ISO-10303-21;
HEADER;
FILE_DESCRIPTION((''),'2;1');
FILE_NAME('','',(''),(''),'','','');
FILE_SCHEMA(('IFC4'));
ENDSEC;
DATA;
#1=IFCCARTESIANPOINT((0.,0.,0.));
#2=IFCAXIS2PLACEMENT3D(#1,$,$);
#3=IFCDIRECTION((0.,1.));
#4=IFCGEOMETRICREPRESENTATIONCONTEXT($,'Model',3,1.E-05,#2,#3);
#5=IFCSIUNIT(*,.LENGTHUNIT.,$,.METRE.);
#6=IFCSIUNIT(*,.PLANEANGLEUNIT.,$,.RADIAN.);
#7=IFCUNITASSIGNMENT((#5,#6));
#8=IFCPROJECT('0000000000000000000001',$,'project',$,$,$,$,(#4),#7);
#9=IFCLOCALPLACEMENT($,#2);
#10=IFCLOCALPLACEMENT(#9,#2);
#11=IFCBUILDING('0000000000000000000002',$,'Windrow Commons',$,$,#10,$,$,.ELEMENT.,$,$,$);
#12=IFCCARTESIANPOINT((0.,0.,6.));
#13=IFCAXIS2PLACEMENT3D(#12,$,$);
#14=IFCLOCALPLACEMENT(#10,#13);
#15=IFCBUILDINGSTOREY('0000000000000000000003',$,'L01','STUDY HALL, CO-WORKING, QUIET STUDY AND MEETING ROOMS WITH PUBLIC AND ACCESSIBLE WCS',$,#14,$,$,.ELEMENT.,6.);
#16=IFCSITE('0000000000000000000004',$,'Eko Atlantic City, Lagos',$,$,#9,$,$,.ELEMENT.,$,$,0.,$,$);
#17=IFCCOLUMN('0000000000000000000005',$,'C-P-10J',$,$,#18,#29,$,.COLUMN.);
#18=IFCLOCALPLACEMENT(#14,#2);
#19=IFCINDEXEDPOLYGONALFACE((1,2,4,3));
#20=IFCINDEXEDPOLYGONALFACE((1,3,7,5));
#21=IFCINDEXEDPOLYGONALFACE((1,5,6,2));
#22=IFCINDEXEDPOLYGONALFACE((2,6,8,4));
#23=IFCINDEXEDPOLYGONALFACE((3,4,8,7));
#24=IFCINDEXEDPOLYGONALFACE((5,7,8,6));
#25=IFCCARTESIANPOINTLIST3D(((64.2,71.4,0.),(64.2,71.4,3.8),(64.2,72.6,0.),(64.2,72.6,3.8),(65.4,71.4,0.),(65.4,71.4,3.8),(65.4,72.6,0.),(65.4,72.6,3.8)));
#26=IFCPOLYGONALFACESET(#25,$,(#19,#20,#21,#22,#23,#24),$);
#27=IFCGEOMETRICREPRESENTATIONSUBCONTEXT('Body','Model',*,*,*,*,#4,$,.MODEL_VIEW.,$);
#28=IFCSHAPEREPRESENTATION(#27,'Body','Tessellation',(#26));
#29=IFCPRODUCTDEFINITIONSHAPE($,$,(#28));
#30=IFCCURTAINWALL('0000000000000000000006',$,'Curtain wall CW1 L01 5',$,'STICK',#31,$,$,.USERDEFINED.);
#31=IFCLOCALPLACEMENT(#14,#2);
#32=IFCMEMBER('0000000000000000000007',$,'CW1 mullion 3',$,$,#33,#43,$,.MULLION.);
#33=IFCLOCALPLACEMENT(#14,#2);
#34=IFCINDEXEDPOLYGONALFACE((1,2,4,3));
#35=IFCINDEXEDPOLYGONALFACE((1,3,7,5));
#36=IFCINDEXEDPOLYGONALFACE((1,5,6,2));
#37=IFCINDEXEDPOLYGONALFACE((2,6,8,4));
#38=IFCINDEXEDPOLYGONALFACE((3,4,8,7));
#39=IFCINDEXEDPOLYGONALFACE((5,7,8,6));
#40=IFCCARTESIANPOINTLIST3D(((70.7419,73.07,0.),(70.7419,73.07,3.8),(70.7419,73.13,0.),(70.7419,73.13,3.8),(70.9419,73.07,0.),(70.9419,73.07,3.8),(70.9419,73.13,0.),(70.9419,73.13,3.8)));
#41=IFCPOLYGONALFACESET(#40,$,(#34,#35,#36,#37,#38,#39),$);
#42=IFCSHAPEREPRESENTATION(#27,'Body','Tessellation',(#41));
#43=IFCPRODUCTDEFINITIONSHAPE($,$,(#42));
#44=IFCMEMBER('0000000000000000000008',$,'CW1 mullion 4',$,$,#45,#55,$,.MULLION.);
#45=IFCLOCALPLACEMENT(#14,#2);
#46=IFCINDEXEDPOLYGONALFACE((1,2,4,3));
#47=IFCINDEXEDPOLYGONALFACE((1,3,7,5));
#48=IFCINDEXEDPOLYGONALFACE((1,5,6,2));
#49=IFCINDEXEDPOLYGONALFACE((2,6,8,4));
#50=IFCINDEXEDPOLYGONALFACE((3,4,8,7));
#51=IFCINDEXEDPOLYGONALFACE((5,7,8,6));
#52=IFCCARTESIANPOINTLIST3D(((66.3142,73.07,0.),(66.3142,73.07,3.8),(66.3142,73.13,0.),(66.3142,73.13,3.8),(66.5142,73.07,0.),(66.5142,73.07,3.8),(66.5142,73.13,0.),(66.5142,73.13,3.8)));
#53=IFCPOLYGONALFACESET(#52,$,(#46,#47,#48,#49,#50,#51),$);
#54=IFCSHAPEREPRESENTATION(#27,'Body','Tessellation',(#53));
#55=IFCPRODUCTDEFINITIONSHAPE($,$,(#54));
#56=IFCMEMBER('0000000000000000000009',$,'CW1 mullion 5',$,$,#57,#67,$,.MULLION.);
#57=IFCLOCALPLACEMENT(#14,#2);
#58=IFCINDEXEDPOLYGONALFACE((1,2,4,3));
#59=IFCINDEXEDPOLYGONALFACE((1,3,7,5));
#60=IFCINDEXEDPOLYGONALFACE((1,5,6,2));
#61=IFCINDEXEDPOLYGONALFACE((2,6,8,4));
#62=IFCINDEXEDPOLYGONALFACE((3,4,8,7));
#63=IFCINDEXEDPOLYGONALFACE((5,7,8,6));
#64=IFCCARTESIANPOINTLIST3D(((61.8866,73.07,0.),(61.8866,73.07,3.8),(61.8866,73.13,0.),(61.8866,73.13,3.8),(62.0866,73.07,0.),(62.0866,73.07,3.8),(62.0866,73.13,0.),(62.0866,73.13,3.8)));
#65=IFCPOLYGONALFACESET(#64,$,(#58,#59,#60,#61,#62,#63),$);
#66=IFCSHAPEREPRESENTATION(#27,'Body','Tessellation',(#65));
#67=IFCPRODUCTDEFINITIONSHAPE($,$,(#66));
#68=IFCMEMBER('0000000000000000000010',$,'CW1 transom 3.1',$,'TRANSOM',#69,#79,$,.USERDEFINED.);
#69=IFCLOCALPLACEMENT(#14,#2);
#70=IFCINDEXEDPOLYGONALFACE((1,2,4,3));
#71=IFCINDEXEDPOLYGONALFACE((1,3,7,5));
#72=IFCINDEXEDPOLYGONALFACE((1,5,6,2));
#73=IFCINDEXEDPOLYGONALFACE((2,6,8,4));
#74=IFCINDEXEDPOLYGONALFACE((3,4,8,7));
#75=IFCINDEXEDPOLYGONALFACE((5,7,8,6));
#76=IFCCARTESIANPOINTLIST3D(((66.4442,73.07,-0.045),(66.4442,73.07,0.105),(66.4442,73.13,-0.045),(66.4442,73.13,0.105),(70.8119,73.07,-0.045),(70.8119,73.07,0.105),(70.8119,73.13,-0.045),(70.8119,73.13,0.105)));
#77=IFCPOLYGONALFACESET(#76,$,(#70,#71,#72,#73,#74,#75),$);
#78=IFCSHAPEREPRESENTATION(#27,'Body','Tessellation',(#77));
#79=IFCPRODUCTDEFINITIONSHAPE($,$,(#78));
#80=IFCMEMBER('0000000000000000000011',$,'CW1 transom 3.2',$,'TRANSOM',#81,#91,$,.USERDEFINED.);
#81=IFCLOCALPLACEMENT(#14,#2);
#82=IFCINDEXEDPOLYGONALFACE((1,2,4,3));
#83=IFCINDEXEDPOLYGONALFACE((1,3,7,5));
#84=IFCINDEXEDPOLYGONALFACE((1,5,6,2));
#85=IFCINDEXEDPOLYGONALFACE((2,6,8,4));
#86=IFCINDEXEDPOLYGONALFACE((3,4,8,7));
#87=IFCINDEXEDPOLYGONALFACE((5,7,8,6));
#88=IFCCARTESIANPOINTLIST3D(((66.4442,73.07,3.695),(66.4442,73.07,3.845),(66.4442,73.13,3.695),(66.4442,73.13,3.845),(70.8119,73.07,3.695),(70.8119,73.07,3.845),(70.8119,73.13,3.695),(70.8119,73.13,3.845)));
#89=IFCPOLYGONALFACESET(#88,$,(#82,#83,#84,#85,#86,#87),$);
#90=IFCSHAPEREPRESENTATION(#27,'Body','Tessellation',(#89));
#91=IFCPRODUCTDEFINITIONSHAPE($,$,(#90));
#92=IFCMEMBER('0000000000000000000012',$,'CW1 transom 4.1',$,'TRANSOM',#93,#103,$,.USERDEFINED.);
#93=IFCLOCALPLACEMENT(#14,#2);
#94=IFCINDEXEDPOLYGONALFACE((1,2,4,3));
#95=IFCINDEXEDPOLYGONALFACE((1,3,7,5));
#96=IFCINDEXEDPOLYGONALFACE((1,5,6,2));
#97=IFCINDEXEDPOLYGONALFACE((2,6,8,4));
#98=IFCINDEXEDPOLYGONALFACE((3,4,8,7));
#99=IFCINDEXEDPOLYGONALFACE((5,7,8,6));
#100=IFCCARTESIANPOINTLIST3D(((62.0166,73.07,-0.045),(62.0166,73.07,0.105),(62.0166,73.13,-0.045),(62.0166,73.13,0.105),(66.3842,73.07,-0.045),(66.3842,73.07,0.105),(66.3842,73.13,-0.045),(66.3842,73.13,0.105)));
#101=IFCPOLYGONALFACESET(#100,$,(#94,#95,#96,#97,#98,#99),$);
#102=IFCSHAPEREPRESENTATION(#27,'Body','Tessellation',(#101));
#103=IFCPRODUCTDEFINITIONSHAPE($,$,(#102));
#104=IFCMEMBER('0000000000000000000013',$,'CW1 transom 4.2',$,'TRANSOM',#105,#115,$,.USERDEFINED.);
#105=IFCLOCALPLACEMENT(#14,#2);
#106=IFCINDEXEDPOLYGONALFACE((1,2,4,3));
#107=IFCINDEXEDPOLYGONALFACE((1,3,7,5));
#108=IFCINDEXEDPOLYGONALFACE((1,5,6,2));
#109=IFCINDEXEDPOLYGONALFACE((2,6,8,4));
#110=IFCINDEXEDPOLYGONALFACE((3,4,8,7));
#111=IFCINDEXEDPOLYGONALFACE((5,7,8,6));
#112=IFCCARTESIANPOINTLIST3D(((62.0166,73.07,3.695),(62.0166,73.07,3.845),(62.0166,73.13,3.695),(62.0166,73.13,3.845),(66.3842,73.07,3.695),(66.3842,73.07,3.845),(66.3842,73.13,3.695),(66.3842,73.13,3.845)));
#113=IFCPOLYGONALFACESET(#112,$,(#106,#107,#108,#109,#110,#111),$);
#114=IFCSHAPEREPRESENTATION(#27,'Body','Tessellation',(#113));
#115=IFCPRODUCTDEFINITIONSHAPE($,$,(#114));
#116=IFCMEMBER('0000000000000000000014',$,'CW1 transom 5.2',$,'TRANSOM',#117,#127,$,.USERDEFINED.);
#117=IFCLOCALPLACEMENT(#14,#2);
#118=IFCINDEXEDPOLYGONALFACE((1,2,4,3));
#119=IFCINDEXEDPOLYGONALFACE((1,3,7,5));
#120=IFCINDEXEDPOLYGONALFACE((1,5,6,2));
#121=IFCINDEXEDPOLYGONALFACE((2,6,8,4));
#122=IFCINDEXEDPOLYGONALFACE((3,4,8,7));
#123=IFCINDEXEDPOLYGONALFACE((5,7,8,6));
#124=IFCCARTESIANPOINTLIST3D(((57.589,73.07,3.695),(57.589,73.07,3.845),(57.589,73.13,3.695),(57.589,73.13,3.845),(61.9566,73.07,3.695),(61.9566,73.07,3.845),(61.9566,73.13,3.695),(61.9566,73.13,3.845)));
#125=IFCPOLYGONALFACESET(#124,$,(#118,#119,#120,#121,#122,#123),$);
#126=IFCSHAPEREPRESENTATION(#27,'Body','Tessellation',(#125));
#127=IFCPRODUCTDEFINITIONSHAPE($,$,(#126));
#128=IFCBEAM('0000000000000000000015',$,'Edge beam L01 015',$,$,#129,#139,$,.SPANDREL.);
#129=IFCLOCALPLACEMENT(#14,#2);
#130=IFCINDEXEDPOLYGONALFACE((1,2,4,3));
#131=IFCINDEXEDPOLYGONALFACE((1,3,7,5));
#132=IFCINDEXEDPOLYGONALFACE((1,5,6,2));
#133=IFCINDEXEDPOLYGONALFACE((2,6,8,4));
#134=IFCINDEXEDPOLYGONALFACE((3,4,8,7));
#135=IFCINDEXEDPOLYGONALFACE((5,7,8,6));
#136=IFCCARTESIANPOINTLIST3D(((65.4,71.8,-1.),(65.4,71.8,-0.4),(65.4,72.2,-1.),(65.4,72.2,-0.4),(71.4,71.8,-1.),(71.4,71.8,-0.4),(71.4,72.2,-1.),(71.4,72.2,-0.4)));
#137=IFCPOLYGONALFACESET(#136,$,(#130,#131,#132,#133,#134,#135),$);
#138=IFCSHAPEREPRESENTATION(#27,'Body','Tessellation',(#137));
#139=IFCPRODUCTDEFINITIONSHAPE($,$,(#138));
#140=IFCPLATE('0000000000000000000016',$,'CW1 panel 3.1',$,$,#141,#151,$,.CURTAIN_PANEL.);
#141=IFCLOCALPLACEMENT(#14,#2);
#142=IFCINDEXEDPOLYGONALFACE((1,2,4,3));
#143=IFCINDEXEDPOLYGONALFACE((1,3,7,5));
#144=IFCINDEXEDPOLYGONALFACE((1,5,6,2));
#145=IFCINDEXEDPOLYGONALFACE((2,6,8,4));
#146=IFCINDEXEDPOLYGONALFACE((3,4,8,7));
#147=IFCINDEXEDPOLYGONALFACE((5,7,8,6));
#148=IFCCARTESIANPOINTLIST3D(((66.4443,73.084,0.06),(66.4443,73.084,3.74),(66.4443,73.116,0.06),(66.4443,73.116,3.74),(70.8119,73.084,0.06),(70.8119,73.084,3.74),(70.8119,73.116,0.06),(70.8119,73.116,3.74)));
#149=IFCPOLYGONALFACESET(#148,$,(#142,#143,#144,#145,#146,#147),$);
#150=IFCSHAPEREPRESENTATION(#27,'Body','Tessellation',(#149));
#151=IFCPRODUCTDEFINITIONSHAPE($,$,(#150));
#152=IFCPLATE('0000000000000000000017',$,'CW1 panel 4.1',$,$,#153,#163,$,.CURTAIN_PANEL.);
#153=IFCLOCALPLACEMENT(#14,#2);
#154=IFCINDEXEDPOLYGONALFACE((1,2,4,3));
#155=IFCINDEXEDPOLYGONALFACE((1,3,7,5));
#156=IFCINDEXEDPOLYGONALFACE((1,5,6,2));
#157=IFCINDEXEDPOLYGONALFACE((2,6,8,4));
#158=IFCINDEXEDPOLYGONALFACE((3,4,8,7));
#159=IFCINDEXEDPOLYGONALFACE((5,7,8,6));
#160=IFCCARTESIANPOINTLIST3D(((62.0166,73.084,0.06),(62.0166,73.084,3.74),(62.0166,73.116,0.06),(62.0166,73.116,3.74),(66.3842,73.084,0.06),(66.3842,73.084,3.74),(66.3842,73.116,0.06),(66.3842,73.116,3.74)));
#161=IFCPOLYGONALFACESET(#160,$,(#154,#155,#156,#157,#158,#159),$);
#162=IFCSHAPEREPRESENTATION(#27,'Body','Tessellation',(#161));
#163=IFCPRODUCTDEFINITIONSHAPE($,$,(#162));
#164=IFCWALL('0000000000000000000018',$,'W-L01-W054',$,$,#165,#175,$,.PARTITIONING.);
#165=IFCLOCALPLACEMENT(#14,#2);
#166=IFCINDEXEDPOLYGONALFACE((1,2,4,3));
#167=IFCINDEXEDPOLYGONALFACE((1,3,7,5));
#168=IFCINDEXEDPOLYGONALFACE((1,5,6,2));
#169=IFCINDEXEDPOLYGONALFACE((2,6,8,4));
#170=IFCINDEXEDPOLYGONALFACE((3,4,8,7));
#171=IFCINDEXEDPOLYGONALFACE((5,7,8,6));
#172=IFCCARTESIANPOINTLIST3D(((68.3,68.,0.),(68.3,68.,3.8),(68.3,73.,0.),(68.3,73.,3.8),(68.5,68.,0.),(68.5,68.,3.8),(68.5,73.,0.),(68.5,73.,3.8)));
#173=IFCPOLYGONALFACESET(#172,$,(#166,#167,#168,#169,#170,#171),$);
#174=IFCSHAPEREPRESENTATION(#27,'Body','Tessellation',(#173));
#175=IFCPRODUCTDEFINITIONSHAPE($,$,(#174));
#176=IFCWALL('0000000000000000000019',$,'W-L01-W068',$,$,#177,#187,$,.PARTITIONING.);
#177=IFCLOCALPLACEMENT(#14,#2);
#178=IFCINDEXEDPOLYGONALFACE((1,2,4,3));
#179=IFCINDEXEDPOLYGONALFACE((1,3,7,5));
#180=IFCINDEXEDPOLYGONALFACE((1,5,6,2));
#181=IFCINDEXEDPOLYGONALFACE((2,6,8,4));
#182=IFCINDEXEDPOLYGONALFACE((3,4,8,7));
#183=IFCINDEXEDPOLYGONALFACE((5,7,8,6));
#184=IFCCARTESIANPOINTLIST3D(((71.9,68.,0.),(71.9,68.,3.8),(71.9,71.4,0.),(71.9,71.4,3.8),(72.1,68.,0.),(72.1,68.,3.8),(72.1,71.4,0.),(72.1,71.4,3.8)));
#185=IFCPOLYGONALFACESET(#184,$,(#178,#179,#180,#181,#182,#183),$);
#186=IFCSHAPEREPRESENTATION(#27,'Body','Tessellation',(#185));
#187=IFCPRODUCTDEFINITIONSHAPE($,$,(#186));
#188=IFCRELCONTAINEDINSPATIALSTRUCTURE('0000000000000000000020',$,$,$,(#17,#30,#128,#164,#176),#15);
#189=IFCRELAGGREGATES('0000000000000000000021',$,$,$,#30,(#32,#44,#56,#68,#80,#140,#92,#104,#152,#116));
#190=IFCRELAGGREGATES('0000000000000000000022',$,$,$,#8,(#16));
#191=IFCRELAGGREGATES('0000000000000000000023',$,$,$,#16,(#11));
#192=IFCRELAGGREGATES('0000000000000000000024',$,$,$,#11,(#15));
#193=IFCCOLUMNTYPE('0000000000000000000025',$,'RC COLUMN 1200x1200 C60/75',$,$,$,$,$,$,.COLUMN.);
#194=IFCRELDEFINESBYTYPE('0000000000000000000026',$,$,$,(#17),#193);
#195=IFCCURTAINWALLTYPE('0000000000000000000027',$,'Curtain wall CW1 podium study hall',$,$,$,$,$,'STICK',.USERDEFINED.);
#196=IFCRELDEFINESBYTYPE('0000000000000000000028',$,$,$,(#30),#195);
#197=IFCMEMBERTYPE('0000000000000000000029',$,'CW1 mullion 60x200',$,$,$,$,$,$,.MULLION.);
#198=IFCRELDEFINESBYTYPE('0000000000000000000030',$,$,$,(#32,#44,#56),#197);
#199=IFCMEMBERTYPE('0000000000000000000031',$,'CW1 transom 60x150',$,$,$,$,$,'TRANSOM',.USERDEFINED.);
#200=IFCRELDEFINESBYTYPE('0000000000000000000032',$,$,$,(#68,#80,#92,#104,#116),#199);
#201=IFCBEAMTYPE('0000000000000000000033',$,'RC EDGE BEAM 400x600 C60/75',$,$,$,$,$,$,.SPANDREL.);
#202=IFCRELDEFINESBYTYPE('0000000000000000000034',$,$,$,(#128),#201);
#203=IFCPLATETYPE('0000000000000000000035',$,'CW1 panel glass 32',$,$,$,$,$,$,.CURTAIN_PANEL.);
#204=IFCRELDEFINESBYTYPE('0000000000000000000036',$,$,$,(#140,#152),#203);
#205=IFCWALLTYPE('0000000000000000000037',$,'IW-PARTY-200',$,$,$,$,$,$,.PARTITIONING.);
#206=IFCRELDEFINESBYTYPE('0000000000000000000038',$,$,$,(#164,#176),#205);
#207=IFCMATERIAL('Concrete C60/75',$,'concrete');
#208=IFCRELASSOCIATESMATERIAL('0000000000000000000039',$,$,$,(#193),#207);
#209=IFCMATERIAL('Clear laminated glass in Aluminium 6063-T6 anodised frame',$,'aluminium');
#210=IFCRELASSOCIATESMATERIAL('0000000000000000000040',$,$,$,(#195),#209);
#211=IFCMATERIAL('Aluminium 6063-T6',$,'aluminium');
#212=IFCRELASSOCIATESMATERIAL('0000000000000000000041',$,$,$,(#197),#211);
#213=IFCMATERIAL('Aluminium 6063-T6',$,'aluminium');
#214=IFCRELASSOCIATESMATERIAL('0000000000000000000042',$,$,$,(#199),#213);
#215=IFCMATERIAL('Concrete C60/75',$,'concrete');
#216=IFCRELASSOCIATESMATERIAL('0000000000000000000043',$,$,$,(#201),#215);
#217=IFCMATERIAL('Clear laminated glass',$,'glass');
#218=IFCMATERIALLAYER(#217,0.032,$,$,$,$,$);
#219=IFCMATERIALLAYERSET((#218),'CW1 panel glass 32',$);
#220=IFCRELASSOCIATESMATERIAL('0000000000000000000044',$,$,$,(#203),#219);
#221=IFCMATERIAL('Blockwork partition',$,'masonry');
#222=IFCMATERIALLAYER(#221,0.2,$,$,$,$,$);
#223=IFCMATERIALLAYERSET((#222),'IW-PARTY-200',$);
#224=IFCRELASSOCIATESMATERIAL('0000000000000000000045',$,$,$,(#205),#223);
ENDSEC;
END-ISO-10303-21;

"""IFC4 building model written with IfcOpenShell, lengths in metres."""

from ifc_helpers import new_model, si_unit, direction, frame, frame_2d, origin, origin_2d, place, context, subcontext, project, spatial, rectangle, extrude, material, layer, layer_set, material_profile, profile_set, type_object, element, aggregate, save


model = new_model("IFC4")

# Units and contexts
model_context = context("Model", 3, precision=1e-05, world=origin(), true_north=direction((0.0, 1.0)))
body_context = subcontext(model_context, "Body", "Model", "MODEL_VIEW")
ifc_project = project(units=[si_unit("LENGTHUNIT", "METRE"), si_unit("PLANEANGLEUNIT", "RADIAN")], contexts=[model_context])

# Site, building, storey
site_placement = place(None, origin())
site = spatial("IfcSite", under=ifc_project, at=site_placement, Name="Eko Atlantic City, Lagos", CompositionType="ELEMENT", RefElevation=0.0)
building_placement = place(site_placement, origin())
building = spatial("IfcBuilding", under=site, at=building_placement, Name="Windrow Commons", CompositionType="ELEMENT")
storey_placement = place(building_placement, frame((0.0, 0.0, 6.0)))
storey = spatial("IfcBuildingStorey", under=building, at=storey_placement, Name="L01", Description="STUDY HALL, CO-WORKING, QUIET STUDY AND MEETING ROOMS WITH PUBLIC AND ACCESSIBLE WCS", CompositionType="ELEMENT", Elevation=6.0)

# Column
ifc_material_1 = material(Name="Concrete C60/75", Category="concrete")
ifc_material_profile_1 = material_profile(ifc_material_1, rectangle(XDim=1.2, YDim=1.2, at=origin_2d()))
ifc_profile_set_1 = profile_set([ifc_material_profile_1], Name="Concrete C60/75")
column_type = type_object("IfcColumnType", Name="RC COLUMN 1200x1200 C60/75", PredefinedType="COLUMN", material=ifc_profile_set_1)
column_placement = place(storey_placement, frame((64.8, 72.0, 0.0), z_axis=(0.0, 0.0, 1.0), x_axis=(1.0, 0.0, 0.0)))
element("IfcColumn", 1, at=column_placement, inside=storey, type_object=column_type, Name="C-P-10J", PredefinedType="COLUMN", context=body_context, shape_type="SweptSolid", body=[
    extrude(rectangle(XDim=1.2, YDim=1.2, at=origin_2d()), origin(), (0.0, 0.0, 1.0), 3.8),
])

# Curtain wall, members
ifc_material_2 = material(Name="Clear laminated glass in Aluminium 6063-T6 anodised frame", Category="aluminium")
curtain_wall_type = type_object("IfcCurtainWallType", Name="Curtain wall CW1 podium study hall", ElementType="STICK", PredefinedType="USERDEFINED", material=ifc_material_2)
placement = place(storey_placement, origin())
curtain_wall = element("IfcCurtainWall", 2, at=placement, inside=storey, type_object=curtain_wall_type, Name="Curtain wall CW1 L01 5", ObjectType="STICK", PredefinedType="USERDEFINED")
ifc_material_3 = material(Name="Aluminium 6063-T6", Category="aluminium")
ifc_material_profile_2 = material_profile(ifc_material_3, rectangle(XDim=0.06, YDim=0.2, at=origin_2d()))
ifc_profile_set_2 = profile_set([ifc_material_profile_2], Name="Aluminium 6063-T6")
member_type_1 = type_object("IfcMemberType", Name="CW1 mullion 60x200", PredefinedType="MULLION", material=ifc_profile_set_2)
member_1_placement = place(storey_placement, frame((70.8419, 73.1, 0.0), z_axis=(0.0, 0.0, 1.0), x_axis=(0.0, -1.0, 0.0)))
member_1 = element("IfcMember", 3, at=member_1_placement, type_object=member_type_1, Name="CW1 mullion 3", PredefinedType="MULLION", context=body_context, shape_type="SweptSolid", body=[
    extrude(rectangle(XDim=0.06, YDim=0.2, at=origin_2d()), origin(), (0.0, 0.0, 1.0), 3.8),
])
member_2_placement = place(storey_placement, frame((66.4142, 73.1, 0.0), z_axis=(0.0, 0.0, 1.0), x_axis=(0.0, -1.0, 0.0)))
member_2 = element("IfcMember", 4, at=member_2_placement, type_object=member_type_1, Name="CW1 mullion 4", PredefinedType="MULLION", context=body_context, shape_type="SweptSolid", body=[
    extrude(rectangle(XDim=0.06, YDim=0.2, at=origin_2d()), origin(), (0.0, 0.0, 1.0), 3.8),
])
member_3_placement = place(storey_placement, frame((61.9866, 73.1, 0.0), z_axis=(0.0, 0.0, 1.0), x_axis=(0.0, -1.0, 0.0)))
member_3 = element("IfcMember", 5, at=member_3_placement, type_object=member_type_1, Name="CW1 mullion 5", PredefinedType="MULLION", context=body_context, shape_type="SweptSolid", body=[
    extrude(rectangle(XDim=0.06, YDim=0.2, at=origin_2d()), origin(), (0.0, 0.0, 1.0), 3.8),
])
ifc_material_4 = material(Name="Aluminium 6063-T6", Category="aluminium")
ifc_material_profile_3 = material_profile(ifc_material_4, rectangle(XDim=0.06, YDim=0.15, at=origin_2d()))
ifc_profile_set_3 = profile_set([ifc_material_profile_3], Name="Aluminium 6063-T6")
member_type_2 = type_object("IfcMemberType", Name="CW1 transom 60x150", ElementType="TRANSOM", PredefinedType="USERDEFINED", material=ifc_profile_set_3)
member_4_placement = place(storey_placement, frame((70.8119, 73.1, 0.03), z_axis=(-1.0, 0.0, 0.0), x_axis=(0.0, -1.0, 0.0)))
member_4 = element("IfcMember", 6, at=member_4_placement, type_object=member_type_2, Name="CW1 transom 3.1", ObjectType="TRANSOM", PredefinedType="USERDEFINED", context=body_context, shape_type="SweptSolid", body=[
    extrude(rectangle(XDim=0.06, YDim=0.15, at=origin_2d()), origin(), (0.0, 0.0, 1.0), 4.3677),
])
member_5_placement = place(storey_placement, frame((70.8119, 73.1, 3.77), z_axis=(-1.0, 0.0, 0.0), x_axis=(0.0, -1.0, 0.0)))
member_5 = element("IfcMember", 7, at=member_5_placement, type_object=member_type_2, Name="CW1 transom 3.2", ObjectType="TRANSOM", PredefinedType="USERDEFINED", context=body_context, shape_type="SweptSolid", body=[
    extrude(rectangle(XDim=0.06, YDim=0.15, at=origin_2d()), origin(), (0.0, 0.0, 1.0), 4.3677),
])
member_6_placement = place(storey_placement, frame((66.3842, 73.1, 0.03), z_axis=(-1.0, 0.0, 0.0), x_axis=(0.0, -1.0, 0.0)))
member_6 = element("IfcMember", 8, at=member_6_placement, type_object=member_type_2, Name="CW1 transom 4.1", ObjectType="TRANSOM", PredefinedType="USERDEFINED", context=body_context, shape_type="SweptSolid", body=[
    extrude(rectangle(XDim=0.06, YDim=0.15, at=origin_2d()), origin(), (0.0, 0.0, 1.0), 4.3676),
])
member_7_placement = place(storey_placement, frame((66.3842, 73.1, 3.77), z_axis=(-1.0, 0.0, 0.0), x_axis=(0.0, -1.0, 0.0)))
member_7 = element("IfcMember", 9, at=member_7_placement, type_object=member_type_2, Name="CW1 transom 4.2", ObjectType="TRANSOM", PredefinedType="USERDEFINED", context=body_context, shape_type="SweptSolid", body=[
    extrude(rectangle(XDim=0.06, YDim=0.15, at=origin_2d()), origin(), (0.0, 0.0, 1.0), 4.3676),
])
member_8_placement = place(storey_placement, frame((61.9566, 73.1, 3.77), z_axis=(-1.0, 0.0, 0.0), x_axis=(0.0, -1.0, 0.0)))
member_8 = element("IfcMember", 10, at=member_8_placement, type_object=member_type_2, Name="CW1 transom 5.2", ObjectType="TRANSOM", PredefinedType="USERDEFINED", context=body_context, shape_type="SweptSolid", body=[
    extrude(rectangle(XDim=0.06, YDim=0.15, at=origin_2d()), origin(), (0.0, 0.0, 1.0), 4.3676),
])

# Beam
ifc_material_5 = material(Name="Concrete C60/75", Category="concrete")
ifc_material_profile_4 = material_profile(ifc_material_5, rectangle(XDim=0.4, YDim=0.6, at=origin_2d()))
ifc_profile_set_4 = profile_set([ifc_material_profile_4], Name="Concrete C60/75")
beam_type = type_object("IfcBeamType", Name="RC EDGE BEAM 400x600 C60/75", PredefinedType="SPANDREL", material=ifc_profile_set_4)
beam_placement = place(storey_placement, frame((65.4, 72.0, -0.7), z_axis=(1.0, 0.0, 0.0), x_axis=(0.0, 1.0, 0.0)))
element("IfcBeam", 11, at=beam_placement, inside=storey, type_object=beam_type, Name="Edge beam L01 015", PredefinedType="SPANDREL", context=body_context, shape_type="SweptSolid", body=[
    extrude(rectangle(XDim=0.4, YDim=0.6, at=origin_2d()), origin(), (0.0, 0.0, 1.0), 6.0),
])

# Plates
ifc_material_6 = material(Name="Clear laminated glass", Category="glass")
ifc_layer_1 = layer(ifc_material_6, 0.032)
ifc_layer_set_1 = layer_set([ifc_layer_1], Name="CW1 panel glass 32")
plate_type = type_object("IfcPlateType", Name="CW1 panel glass 32", PredefinedType="CURTAIN_PANEL", material=ifc_layer_set_1)
plate_1_placement = place(storey_placement, frame((68.6281, 73.1, 0.06), z_axis=(0.0, 0.0, 1.0), x_axis=(-1.0, 0.0, 0.0)))
plate_1 = element("IfcPlate", 12, at=plate_1_placement, type_object=plate_type, Name="CW1 panel 3.1", PredefinedType="CURTAIN_PANEL", context=body_context, shape_type="SweptSolid", body=[
    extrude(rectangle(XDim=4.3676, YDim=0.032, at=origin_2d()), origin(), (0.0, 0.0, 1.0), 3.68),
])
plate_2_placement = place(storey_placement, frame((64.2004, 73.1, 0.06), z_axis=(0.0, 0.0, 1.0), x_axis=(-1.0, 0.0, 0.0)))
plate_2 = element("IfcPlate", 13, at=plate_2_placement, type_object=plate_type, Name="CW1 panel 4.1", PredefinedType="CURTAIN_PANEL", context=body_context, shape_type="SweptSolid", body=[
    extrude(rectangle(XDim=4.3676, YDim=0.032, at=origin_2d()), origin(), (0.0, 0.0, 1.0), 3.68),
])
aggregate(curtain_wall, [member_1, member_2, member_3, member_4, member_5, plate_1, member_6, member_7, plate_2, member_8])

# Walls
ifc_material_7 = material(Name="Blockwork partition", Category="masonry")
ifc_layer_2 = layer(ifc_material_7, 0.2)
ifc_layer_set_2 = layer_set([ifc_layer_2], Name="IW-PARTY-200")
wall_type_1 = type_object("IfcWallType", Name="IW-PARTY-200", PredefinedType="PARTITIONING", material=ifc_layer_set_2)
wall_1_placement = place(storey_placement, frame((68.4, 68.0, 0.0), z_axis=(0.0, 0.0, 1.0), x_axis=(0.0, 1.0, 0.0)))
element("IfcWall", 14, at=wall_1_placement, inside=storey, type_object=wall_type_1, Name="W-L01-W054", PredefinedType="PARTITIONING", context=body_context, shape_type="SweptSolid", body=[
    extrude(rectangle(XDim=5.0, YDim=0.2, at=frame_2d((2.5, 0.0))), origin(), (0.0, 0.0, 1.0), 3.8),
])
wall_2_placement = place(storey_placement, frame((72.0, 68.0, 0.0), z_axis=(0.0, 0.0, 1.0), x_axis=(0.0, 1.0, 0.0)))
element("IfcWall", 15, at=wall_2_placement, inside=storey, type_object=wall_type_1, Name="W-L01-W068", PredefinedType="PARTITIONING", context=body_context, shape_type="SweptSolid", body=[
    extrude(rectangle(XDim=3.4, YDim=0.2, at=frame_2d((1.7, 0.0))), origin(), (0.0, 0.0, 1.0), 3.8),
])

save(model, "model.ifc")
